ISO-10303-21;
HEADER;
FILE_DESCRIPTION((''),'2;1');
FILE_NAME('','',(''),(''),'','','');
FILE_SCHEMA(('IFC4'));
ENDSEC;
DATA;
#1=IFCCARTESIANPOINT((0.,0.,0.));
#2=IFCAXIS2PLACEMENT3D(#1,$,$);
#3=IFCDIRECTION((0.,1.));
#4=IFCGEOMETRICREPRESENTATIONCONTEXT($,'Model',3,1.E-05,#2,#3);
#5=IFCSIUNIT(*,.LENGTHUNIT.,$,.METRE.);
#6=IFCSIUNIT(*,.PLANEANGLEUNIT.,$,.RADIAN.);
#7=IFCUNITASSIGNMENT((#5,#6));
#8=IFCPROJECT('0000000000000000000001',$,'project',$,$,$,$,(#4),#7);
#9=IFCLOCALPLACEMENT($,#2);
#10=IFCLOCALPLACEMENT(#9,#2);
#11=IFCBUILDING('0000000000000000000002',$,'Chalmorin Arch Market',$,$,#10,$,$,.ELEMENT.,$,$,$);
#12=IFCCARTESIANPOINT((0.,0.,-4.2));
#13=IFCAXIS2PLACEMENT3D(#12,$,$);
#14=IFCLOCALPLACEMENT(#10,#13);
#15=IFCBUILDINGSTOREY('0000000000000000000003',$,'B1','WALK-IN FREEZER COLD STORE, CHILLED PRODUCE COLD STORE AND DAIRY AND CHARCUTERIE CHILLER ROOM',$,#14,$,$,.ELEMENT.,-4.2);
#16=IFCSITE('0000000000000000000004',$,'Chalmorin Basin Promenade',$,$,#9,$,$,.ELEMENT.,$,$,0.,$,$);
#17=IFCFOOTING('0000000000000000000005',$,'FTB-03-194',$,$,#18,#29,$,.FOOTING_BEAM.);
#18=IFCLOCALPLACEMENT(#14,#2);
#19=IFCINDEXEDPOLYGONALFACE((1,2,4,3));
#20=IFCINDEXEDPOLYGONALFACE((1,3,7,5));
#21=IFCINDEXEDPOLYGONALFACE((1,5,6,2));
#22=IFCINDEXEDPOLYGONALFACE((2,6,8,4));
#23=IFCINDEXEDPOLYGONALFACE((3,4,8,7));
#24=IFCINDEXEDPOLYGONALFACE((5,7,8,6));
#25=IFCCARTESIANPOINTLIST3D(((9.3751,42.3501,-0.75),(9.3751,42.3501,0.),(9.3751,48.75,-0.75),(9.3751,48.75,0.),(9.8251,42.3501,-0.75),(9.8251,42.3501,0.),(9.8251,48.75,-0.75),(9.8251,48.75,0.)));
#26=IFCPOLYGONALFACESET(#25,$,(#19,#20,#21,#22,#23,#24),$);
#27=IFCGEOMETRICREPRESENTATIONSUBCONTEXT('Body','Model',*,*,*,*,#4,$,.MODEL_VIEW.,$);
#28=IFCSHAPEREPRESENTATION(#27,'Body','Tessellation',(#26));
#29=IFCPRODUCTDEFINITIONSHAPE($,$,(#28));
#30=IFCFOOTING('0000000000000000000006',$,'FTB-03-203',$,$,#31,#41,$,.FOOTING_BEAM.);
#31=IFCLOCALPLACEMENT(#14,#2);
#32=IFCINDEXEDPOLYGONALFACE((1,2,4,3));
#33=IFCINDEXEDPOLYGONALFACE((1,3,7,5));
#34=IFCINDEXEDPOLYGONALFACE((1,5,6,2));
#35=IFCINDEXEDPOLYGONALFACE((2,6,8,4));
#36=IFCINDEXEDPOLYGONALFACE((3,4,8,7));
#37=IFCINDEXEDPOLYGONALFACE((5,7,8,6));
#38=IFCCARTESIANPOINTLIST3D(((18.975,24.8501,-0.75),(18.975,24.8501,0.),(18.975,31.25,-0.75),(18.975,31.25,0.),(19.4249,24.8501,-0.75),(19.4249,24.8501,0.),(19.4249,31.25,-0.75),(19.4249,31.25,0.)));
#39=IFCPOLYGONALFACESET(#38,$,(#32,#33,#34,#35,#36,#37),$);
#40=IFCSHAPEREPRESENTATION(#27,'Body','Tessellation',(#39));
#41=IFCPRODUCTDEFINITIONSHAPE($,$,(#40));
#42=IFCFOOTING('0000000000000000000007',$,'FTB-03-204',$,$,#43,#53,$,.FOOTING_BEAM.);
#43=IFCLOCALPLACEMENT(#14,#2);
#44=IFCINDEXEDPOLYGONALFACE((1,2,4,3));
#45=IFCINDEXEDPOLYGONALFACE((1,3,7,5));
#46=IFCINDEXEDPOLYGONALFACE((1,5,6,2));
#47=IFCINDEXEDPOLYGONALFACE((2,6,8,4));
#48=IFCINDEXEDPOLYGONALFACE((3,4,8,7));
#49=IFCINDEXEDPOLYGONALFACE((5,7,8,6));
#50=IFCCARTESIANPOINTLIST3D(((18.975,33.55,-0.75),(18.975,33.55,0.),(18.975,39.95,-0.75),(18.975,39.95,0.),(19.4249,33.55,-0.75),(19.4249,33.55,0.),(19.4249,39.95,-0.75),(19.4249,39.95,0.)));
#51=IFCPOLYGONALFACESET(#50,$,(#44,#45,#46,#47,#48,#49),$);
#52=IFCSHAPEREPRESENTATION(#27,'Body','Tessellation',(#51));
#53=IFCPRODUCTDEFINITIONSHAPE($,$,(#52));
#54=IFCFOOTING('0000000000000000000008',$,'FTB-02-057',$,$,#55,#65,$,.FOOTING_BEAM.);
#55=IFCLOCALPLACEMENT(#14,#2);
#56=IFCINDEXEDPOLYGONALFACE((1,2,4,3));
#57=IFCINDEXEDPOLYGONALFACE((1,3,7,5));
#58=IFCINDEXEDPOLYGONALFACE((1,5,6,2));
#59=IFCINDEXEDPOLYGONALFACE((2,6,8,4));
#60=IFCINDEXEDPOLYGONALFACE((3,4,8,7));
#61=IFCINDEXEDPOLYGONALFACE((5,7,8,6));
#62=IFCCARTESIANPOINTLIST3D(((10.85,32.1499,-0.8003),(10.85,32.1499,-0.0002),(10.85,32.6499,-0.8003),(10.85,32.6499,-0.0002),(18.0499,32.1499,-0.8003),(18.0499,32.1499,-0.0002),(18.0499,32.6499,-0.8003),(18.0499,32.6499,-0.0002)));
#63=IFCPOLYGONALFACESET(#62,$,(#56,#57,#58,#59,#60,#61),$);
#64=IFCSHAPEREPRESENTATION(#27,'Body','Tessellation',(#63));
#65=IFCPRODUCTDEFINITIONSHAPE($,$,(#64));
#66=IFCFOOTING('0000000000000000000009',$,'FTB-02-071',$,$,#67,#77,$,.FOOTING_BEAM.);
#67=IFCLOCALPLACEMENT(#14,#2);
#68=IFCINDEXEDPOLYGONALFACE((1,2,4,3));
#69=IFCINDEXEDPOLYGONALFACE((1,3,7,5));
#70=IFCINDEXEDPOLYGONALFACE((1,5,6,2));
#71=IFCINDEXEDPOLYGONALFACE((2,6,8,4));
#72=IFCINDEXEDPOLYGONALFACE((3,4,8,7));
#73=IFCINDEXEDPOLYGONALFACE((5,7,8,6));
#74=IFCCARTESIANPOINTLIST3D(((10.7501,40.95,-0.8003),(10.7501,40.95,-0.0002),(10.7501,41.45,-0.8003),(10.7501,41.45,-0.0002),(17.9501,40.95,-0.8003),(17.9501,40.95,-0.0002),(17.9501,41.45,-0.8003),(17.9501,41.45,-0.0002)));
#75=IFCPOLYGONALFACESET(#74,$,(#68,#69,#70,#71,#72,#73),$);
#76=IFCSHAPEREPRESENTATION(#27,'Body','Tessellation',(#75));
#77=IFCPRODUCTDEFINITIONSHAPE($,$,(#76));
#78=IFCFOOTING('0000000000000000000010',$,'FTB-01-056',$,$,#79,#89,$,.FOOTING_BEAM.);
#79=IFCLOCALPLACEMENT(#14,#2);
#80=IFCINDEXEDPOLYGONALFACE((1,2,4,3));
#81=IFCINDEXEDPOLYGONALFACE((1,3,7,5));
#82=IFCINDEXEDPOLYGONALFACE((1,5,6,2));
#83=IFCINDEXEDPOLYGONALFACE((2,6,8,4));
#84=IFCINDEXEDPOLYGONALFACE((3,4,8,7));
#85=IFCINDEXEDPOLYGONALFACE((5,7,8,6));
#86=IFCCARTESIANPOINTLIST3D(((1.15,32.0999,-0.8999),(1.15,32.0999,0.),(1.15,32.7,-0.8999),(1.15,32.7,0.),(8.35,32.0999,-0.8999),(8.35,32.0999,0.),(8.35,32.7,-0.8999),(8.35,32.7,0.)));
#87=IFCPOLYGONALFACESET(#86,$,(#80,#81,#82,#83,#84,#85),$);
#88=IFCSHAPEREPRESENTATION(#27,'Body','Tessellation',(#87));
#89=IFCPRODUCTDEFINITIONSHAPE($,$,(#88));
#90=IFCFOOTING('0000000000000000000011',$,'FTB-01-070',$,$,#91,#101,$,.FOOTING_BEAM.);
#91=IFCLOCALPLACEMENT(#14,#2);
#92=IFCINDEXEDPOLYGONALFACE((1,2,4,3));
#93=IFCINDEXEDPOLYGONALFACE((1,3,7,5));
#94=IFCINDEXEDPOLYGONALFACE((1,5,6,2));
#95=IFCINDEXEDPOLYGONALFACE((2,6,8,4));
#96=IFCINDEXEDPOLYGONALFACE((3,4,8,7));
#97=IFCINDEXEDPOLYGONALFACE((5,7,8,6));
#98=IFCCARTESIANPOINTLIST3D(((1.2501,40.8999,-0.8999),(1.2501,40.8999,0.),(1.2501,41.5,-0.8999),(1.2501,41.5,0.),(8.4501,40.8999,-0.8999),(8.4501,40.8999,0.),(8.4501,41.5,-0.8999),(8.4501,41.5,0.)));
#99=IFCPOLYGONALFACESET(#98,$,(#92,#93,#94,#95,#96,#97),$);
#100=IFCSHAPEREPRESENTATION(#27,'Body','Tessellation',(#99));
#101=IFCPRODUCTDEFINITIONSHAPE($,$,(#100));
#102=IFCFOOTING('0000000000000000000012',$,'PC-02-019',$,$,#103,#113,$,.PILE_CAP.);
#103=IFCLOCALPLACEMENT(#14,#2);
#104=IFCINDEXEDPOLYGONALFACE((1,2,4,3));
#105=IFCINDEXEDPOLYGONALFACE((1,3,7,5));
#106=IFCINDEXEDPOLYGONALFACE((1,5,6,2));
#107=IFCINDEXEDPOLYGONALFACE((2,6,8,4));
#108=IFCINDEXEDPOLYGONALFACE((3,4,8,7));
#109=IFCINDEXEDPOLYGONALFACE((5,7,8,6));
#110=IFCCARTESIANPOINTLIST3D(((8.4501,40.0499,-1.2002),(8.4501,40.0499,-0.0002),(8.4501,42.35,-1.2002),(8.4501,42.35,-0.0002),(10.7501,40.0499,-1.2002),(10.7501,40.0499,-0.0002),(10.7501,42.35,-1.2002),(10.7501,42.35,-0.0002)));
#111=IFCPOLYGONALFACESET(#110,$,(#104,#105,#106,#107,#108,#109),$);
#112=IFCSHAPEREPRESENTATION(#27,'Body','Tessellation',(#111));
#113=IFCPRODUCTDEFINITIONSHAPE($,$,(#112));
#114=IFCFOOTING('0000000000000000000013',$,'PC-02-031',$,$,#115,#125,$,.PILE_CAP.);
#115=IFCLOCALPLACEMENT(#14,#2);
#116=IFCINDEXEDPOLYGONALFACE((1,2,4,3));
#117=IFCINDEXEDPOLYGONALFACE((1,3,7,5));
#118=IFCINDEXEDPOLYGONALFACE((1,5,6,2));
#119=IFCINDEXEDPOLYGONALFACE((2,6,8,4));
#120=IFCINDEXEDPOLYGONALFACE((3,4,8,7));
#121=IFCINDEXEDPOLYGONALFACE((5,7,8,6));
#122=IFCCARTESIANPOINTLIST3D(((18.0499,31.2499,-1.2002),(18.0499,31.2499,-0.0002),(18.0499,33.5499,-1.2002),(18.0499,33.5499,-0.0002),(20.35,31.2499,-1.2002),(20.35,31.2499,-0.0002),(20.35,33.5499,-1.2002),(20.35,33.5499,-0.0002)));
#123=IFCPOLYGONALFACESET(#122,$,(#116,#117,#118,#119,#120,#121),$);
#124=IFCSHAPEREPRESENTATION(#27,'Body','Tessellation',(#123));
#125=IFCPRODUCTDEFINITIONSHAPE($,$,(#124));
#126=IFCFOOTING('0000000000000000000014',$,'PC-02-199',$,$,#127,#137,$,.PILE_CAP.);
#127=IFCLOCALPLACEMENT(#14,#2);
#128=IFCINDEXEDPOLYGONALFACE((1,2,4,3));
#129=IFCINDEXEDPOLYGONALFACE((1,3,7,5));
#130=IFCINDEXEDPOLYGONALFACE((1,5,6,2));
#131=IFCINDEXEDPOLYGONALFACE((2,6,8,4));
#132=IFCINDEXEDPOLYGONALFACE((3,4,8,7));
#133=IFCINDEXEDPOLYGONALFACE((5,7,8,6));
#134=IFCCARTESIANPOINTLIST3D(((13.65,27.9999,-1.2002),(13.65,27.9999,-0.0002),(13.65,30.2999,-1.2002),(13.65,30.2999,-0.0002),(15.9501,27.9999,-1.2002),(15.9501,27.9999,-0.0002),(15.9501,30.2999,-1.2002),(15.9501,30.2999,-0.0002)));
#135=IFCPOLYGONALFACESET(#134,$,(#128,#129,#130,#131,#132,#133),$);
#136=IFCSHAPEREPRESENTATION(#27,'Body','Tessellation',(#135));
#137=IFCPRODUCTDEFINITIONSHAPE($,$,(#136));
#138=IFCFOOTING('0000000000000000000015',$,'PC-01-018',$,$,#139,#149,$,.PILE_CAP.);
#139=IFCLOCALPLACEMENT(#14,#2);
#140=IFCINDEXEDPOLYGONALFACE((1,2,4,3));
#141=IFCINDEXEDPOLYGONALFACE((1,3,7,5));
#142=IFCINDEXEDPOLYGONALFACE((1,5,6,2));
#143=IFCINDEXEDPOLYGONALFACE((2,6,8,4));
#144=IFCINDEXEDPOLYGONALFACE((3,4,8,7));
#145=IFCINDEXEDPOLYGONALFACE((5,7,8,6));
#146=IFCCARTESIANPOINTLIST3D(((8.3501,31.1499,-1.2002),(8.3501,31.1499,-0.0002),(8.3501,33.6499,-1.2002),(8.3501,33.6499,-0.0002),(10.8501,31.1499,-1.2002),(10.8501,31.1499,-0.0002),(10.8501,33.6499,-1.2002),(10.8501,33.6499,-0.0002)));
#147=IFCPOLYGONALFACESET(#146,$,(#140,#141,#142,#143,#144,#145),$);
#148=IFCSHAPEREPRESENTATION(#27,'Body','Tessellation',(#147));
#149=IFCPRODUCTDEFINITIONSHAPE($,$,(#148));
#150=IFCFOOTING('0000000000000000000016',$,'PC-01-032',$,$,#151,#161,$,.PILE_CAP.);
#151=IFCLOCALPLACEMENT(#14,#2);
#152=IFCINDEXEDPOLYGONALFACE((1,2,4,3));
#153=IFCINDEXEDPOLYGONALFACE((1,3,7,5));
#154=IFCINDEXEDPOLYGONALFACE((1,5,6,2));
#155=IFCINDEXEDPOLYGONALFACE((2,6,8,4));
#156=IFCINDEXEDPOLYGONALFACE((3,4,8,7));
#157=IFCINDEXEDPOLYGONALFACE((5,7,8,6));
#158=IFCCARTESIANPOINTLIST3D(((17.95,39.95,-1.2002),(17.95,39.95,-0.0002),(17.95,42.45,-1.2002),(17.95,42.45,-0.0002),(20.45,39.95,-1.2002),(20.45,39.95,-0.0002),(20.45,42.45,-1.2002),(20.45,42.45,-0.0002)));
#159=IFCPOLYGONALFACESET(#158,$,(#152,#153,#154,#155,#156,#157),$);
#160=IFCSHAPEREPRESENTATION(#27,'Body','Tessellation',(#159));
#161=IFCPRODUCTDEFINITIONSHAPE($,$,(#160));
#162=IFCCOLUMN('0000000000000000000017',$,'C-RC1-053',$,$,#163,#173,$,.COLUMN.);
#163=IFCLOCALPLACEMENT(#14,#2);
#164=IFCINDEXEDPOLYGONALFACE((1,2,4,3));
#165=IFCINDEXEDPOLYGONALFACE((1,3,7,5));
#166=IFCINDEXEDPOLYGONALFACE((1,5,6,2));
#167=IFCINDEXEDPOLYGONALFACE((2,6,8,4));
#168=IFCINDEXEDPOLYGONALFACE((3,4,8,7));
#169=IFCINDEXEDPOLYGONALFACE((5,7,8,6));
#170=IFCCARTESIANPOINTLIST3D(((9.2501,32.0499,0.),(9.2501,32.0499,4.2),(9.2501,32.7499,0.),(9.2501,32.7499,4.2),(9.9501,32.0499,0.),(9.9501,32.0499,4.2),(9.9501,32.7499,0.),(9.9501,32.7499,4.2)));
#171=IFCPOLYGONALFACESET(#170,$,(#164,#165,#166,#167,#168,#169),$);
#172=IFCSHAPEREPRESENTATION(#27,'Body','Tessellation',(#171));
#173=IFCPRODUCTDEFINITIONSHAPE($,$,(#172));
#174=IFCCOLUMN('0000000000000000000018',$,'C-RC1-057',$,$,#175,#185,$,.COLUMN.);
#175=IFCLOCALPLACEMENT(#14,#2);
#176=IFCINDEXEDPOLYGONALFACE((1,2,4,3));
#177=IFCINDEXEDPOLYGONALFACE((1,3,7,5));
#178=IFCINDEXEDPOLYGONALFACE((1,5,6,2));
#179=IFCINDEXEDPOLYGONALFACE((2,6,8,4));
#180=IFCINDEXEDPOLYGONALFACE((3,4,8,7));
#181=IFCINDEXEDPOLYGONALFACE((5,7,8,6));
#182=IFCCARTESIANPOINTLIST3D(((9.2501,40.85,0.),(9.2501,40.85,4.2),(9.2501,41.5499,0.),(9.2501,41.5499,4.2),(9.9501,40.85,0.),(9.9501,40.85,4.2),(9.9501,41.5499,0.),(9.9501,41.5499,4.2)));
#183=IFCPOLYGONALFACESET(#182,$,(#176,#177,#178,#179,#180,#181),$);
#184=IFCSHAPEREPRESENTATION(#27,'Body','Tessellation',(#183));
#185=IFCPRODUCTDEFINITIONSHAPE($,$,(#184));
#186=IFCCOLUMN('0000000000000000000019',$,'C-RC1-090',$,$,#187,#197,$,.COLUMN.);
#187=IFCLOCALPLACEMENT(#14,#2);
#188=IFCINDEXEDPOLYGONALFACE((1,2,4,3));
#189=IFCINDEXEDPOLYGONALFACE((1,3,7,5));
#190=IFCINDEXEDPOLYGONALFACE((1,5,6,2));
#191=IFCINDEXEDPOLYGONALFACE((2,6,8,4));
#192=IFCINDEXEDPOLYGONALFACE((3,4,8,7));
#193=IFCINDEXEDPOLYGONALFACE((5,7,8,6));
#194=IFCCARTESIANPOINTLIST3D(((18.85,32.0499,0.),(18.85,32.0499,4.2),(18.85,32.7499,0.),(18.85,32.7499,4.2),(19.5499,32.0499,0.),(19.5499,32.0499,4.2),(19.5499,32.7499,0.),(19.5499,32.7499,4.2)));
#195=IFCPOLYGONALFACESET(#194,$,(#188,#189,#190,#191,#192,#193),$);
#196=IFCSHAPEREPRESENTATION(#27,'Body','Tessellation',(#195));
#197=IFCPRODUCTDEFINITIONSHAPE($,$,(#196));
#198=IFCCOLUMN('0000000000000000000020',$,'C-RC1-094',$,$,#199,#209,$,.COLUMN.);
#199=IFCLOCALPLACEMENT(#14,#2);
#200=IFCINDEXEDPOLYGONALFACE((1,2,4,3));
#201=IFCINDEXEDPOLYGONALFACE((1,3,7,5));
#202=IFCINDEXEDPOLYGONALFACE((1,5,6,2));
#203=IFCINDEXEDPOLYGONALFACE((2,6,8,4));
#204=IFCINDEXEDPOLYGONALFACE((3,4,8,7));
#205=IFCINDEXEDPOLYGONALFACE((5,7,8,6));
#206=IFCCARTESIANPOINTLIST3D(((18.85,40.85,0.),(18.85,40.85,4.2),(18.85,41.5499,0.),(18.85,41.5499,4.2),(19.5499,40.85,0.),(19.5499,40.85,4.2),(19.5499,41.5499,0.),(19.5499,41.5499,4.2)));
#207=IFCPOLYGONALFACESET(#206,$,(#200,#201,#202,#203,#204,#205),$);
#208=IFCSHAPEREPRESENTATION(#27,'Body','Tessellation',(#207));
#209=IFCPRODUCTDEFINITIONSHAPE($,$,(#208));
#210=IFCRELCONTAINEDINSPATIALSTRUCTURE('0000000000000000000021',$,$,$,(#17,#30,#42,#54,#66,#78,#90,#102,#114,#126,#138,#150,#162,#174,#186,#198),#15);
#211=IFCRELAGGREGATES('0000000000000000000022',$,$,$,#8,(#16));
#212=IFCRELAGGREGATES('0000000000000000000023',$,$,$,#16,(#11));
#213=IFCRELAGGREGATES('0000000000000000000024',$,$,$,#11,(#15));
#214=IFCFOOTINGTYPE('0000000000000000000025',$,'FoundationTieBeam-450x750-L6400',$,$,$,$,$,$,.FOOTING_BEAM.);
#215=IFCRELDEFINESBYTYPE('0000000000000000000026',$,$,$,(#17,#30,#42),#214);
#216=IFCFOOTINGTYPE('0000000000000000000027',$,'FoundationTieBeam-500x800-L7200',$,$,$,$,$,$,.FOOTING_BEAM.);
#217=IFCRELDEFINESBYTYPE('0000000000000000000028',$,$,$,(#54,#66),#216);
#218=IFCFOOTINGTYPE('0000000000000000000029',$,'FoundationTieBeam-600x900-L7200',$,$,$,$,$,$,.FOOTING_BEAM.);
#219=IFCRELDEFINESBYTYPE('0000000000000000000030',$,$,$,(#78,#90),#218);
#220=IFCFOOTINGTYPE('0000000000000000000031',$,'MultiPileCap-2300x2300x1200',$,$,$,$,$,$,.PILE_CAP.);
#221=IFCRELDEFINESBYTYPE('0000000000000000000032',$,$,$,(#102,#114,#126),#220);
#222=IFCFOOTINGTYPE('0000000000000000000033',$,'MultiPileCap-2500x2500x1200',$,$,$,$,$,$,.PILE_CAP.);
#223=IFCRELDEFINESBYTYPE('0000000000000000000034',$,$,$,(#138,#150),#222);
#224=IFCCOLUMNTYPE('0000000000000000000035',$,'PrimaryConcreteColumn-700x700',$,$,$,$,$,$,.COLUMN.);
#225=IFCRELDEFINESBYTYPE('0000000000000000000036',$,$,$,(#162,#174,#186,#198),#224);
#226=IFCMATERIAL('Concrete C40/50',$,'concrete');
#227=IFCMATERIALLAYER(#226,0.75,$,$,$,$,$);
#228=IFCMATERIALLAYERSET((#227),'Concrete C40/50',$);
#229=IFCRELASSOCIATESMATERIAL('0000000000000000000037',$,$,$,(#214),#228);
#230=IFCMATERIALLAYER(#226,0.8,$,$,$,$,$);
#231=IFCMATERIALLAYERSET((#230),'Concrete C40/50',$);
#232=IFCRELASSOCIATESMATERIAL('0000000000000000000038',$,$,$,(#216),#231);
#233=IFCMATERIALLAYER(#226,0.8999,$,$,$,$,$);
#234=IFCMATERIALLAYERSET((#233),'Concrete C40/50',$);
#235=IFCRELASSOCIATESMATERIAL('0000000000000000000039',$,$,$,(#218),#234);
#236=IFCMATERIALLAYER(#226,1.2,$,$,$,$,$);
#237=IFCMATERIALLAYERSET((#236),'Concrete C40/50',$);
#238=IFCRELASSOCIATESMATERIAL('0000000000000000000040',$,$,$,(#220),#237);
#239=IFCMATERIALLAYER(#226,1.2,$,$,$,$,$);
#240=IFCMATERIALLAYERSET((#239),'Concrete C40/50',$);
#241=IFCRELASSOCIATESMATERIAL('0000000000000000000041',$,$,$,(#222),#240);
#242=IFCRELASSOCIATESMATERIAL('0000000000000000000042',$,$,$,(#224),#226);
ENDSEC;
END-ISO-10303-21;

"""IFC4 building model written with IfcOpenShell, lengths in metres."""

from ifc_helpers import new_model, si_unit, direction, frame, origin, origin_2d, place, context, subcontext, project, spatial, rectangle, extrude, material, layer, layer_set, material_profile, profile_set, type_object, element, save


model = new_model("IFC4")

# Units and contexts
model_context = context("Model", 3, precision=1e-05, world=origin(), true_north=direction((0.0, 1.0)))
body_context = subcontext(model_context, "Body", "Model", "MODEL_VIEW")
ifc_project = project(units=[si_unit("LENGTHUNIT", "METRE"), si_unit("PLANEANGLEUNIT", "RADIAN")], contexts=[model_context])

# Site, building, storey
site_placement = place(None, origin())
site = spatial("IfcSite", under=ifc_project, at=site_placement, Name="Chalmorin Basin Promenade", CompositionType="ELEMENT", RefElevation=0.0)
building_placement = place(site_placement, origin())
building = spatial("IfcBuilding", under=site, at=building_placement, Name="Chalmorin Arch Market", CompositionType="ELEMENT")
storey_placement = place(building_placement, frame((0.0, 0.0, -4.2)))
storey = spatial("IfcBuildingStorey", under=building, at=storey_placement, Name="B1", Description="WALK-IN FREEZER COLD STORE, CHILLED PRODUCE COLD STORE AND DAIRY AND CHARCUTERIE CHILLER ROOM", CompositionType="ELEMENT", Elevation=-4.2)

# Footings
ifc_material_1 = material(Name="Concrete C40/50", Category="concrete")
ifc_layer_1 = layer(ifc_material_1, 0.75)
ifc_layer_set_1 = layer_set([ifc_layer_1], Name="Concrete C40/50")
footing_type_1 = type_object("IfcFootingType", Name="FoundationTieBeam-450x750-L6400", PredefinedType="FOOTING_BEAM", material=ifc_layer_set_1)
for number, where, z_axis, x_axis, name in (
    (1, (9.6001, 45.55, -0.75), (0.0, 0.0, 1.0), (0.0, 1.0, 0.0), "FTB-03-194"),
    (2, (19.2, 28.05, -0.75), (0.0, 0.0, 1.0), (0.0, 1.0, 0.0), "FTB-03-203"),
    (3, (19.2, 36.75, -0.75), (0.0, 0.0, 1.0), (0.0, 1.0, 0.0), "FTB-03-204"),
):
    element("IfcFooting", number, at=place(storey_placement, frame(where, z_axis=z_axis, x_axis=x_axis)), inside=storey, type_object=footing_type_1, Name=name, PredefinedType="FOOTING_BEAM", context=body_context, shape_type="SweptSolid", body=[
        extrude(rectangle(XDim=6.3999, YDim=0.45, at=origin_2d()), origin(), (0.0, 0.0, 1.0), 0.75),
    ])
ifc_layer_2 = layer(ifc_material_1, 0.8)
ifc_layer_set_2 = layer_set([ifc_layer_2], Name="Concrete C40/50")
footing_type_2 = type_object("IfcFootingType", Name="FoundationTieBeam-500x800-L7200", PredefinedType="FOOTING_BEAM", material=ifc_layer_set_2)
for number, where, z_axis, x_axis, name in (
    (4, (14.45, 32.3999, -0.8003), (0.0, 0.0, 1.0), (1.0, 0.0, 0.0), "FTB-02-057"),
    (5, (14.3501, 41.2, -0.8003), (0.0, 0.0, 1.0), (1.0, 0.0, 0.0), "FTB-02-071"),
):
    element("IfcFooting", number, at=place(storey_placement, frame(where, z_axis=z_axis, x_axis=x_axis)), inside=storey, type_object=footing_type_2, Name=name, PredefinedType="FOOTING_BEAM", context=body_context, shape_type="SweptSolid", body=[
        extrude(rectangle(XDim=7.2, YDim=0.5, at=origin_2d()), origin(), (0.0, 0.0, 1.0), 0.8),
    ])
ifc_layer_3 = layer(ifc_material_1, 0.8999)
ifc_layer_set_3 = layer_set([ifc_layer_3], Name="Concrete C40/50")
footing_type_3 = type_object("IfcFootingType", Name="FoundationTieBeam-600x900-L7200", PredefinedType="FOOTING_BEAM", material=ifc_layer_set_3)
for number, where, z_axis, x_axis, name in (
    (6, (4.75, 32.3999, -0.8999), (0.0, 0.0, 1.0), (1.0, 0.0, 0.0), "FTB-01-056"),
    (7, (4.8501, 41.2, -0.8999), (0.0, 0.0, 1.0), (1.0, 0.0, 0.0), "FTB-01-070"),
):
    element("IfcFooting", number, at=place(storey_placement, frame(where, z_axis=z_axis, x_axis=x_axis)), inside=storey, type_object=footing_type_3, Name=name, PredefinedType="FOOTING_BEAM", context=body_context, shape_type="SweptSolid", body=[
        extrude(rectangle(XDim=7.2, YDim=0.6001, at=origin_2d()), origin(), (0.0, 0.0, 1.0), 0.8999),
    ])
ifc_layer_4 = layer(ifc_material_1, 1.2)
ifc_layer_set_4 = layer_set([ifc_layer_4], Name="Concrete C40/50")
footing_type_4 = type_object("IfcFootingType", Name="MultiPileCap-2300x2300x1200", PredefinedType="PILE_CAP", material=ifc_layer_set_4)
for number, where, z_axis, x_axis, name in (
    (8, (9.6001, 41.2, -1.2002), (0.0, 0.0, 1.0), (1.0, 0.0, 0.0), "PC-02-019"),
    (9, (19.2, 32.3999, -1.2002), (0.0, 0.0, 1.0), (1.0, 0.0, 0.0), "PC-02-031"),
    (10, (14.8, 29.1499, -1.2002), (0.0, 0.0, 1.0), (1.0, 0.0, 0.0), "PC-02-199"),
):
    element("IfcFooting", number, at=place(storey_placement, frame(where, z_axis=z_axis, x_axis=x_axis)), inside=storey, type_object=footing_type_4, Name=name, PredefinedType="PILE_CAP", context=body_context, shape_type="SweptSolid", body=[
        extrude(rectangle(XDim=2.3, YDim=2.3, at=origin_2d()), origin(), (0.0, 0.0, 1.0), 1.2),
    ])
ifc_layer_5 = layer(ifc_material_1, 1.2)
ifc_layer_set_5 = layer_set([ifc_layer_5], Name="Concrete C40/50")
footing_type_5 = type_object("IfcFootingType", Name="MultiPileCap-2500x2500x1200", PredefinedType="PILE_CAP", material=ifc_layer_set_5)
for number, where, z_axis, x_axis, name in (
    (11, (9.6001, 32.3999, -1.2002), (0.0, 0.0, 1.0), (1.0, 0.0, 0.0), "PC-01-018"),
    (12, (19.2, 41.2, -1.2002), (0.0, 0.0, 1.0), (1.0, 0.0, 0.0), "PC-01-032"),
):
    element("IfcFooting", number, at=place(storey_placement, frame(where, z_axis=z_axis, x_axis=x_axis)), inside=storey, type_object=footing_type_5, Name=name, PredefinedType="PILE_CAP", context=body_context, shape_type="SweptSolid", body=[
        extrude(rectangle(XDim=2.5, YDim=2.5, at=origin_2d()), origin(), (0.0, 0.0, 1.0), 1.2),
    ])

# Columns
ifc_material_profile_1 = material_profile(ifc_material_1, rectangle(XDim=0.7, YDim=0.7, at=origin_2d()), Name="RC700X700")
ifc_profile_set_1 = profile_set([ifc_material_profile_1], Name="Concrete C40/50")
column_type = type_object("IfcColumnType", Name="PrimaryConcreteColumn-700x700", PredefinedType="COLUMN", material=ifc_profile_set_1)
for number, where, z_axis, x_axis, name in (
    (13, (9.6001, 32.3999, 0.0), (0.0, 0.0, 1.0), (1.0, 0.0, 0.0), "C-RC1-053"),
    (14, (9.6001, 41.2, 0.0), (0.0, 0.0, 1.0), (1.0, 0.0, 0.0), "C-RC1-057"),
    (15, (19.2, 32.3999, 0.0), (0.0, 0.0, 1.0), (1.0, 0.0, 0.0), "C-RC1-090"),
    (16, (19.2, 41.2, 0.0), (0.0, 0.0, 1.0), (1.0, 0.0, 0.0), "C-RC1-094"),
):
    element("IfcColumn", number, at=place(storey_placement, frame(where, z_axis=z_axis, x_axis=x_axis)), inside=storey, type_object=column_type, Name=name, PredefinedType="COLUMN", context=body_context, shape_type="SweptSolid", body=[
        extrude(rectangle(XDim=0.7, YDim=0.7, at=origin_2d()), origin(), (0.0, 0.0, 1.0), 4.2),
    ])

save(model, "model.ifc")
